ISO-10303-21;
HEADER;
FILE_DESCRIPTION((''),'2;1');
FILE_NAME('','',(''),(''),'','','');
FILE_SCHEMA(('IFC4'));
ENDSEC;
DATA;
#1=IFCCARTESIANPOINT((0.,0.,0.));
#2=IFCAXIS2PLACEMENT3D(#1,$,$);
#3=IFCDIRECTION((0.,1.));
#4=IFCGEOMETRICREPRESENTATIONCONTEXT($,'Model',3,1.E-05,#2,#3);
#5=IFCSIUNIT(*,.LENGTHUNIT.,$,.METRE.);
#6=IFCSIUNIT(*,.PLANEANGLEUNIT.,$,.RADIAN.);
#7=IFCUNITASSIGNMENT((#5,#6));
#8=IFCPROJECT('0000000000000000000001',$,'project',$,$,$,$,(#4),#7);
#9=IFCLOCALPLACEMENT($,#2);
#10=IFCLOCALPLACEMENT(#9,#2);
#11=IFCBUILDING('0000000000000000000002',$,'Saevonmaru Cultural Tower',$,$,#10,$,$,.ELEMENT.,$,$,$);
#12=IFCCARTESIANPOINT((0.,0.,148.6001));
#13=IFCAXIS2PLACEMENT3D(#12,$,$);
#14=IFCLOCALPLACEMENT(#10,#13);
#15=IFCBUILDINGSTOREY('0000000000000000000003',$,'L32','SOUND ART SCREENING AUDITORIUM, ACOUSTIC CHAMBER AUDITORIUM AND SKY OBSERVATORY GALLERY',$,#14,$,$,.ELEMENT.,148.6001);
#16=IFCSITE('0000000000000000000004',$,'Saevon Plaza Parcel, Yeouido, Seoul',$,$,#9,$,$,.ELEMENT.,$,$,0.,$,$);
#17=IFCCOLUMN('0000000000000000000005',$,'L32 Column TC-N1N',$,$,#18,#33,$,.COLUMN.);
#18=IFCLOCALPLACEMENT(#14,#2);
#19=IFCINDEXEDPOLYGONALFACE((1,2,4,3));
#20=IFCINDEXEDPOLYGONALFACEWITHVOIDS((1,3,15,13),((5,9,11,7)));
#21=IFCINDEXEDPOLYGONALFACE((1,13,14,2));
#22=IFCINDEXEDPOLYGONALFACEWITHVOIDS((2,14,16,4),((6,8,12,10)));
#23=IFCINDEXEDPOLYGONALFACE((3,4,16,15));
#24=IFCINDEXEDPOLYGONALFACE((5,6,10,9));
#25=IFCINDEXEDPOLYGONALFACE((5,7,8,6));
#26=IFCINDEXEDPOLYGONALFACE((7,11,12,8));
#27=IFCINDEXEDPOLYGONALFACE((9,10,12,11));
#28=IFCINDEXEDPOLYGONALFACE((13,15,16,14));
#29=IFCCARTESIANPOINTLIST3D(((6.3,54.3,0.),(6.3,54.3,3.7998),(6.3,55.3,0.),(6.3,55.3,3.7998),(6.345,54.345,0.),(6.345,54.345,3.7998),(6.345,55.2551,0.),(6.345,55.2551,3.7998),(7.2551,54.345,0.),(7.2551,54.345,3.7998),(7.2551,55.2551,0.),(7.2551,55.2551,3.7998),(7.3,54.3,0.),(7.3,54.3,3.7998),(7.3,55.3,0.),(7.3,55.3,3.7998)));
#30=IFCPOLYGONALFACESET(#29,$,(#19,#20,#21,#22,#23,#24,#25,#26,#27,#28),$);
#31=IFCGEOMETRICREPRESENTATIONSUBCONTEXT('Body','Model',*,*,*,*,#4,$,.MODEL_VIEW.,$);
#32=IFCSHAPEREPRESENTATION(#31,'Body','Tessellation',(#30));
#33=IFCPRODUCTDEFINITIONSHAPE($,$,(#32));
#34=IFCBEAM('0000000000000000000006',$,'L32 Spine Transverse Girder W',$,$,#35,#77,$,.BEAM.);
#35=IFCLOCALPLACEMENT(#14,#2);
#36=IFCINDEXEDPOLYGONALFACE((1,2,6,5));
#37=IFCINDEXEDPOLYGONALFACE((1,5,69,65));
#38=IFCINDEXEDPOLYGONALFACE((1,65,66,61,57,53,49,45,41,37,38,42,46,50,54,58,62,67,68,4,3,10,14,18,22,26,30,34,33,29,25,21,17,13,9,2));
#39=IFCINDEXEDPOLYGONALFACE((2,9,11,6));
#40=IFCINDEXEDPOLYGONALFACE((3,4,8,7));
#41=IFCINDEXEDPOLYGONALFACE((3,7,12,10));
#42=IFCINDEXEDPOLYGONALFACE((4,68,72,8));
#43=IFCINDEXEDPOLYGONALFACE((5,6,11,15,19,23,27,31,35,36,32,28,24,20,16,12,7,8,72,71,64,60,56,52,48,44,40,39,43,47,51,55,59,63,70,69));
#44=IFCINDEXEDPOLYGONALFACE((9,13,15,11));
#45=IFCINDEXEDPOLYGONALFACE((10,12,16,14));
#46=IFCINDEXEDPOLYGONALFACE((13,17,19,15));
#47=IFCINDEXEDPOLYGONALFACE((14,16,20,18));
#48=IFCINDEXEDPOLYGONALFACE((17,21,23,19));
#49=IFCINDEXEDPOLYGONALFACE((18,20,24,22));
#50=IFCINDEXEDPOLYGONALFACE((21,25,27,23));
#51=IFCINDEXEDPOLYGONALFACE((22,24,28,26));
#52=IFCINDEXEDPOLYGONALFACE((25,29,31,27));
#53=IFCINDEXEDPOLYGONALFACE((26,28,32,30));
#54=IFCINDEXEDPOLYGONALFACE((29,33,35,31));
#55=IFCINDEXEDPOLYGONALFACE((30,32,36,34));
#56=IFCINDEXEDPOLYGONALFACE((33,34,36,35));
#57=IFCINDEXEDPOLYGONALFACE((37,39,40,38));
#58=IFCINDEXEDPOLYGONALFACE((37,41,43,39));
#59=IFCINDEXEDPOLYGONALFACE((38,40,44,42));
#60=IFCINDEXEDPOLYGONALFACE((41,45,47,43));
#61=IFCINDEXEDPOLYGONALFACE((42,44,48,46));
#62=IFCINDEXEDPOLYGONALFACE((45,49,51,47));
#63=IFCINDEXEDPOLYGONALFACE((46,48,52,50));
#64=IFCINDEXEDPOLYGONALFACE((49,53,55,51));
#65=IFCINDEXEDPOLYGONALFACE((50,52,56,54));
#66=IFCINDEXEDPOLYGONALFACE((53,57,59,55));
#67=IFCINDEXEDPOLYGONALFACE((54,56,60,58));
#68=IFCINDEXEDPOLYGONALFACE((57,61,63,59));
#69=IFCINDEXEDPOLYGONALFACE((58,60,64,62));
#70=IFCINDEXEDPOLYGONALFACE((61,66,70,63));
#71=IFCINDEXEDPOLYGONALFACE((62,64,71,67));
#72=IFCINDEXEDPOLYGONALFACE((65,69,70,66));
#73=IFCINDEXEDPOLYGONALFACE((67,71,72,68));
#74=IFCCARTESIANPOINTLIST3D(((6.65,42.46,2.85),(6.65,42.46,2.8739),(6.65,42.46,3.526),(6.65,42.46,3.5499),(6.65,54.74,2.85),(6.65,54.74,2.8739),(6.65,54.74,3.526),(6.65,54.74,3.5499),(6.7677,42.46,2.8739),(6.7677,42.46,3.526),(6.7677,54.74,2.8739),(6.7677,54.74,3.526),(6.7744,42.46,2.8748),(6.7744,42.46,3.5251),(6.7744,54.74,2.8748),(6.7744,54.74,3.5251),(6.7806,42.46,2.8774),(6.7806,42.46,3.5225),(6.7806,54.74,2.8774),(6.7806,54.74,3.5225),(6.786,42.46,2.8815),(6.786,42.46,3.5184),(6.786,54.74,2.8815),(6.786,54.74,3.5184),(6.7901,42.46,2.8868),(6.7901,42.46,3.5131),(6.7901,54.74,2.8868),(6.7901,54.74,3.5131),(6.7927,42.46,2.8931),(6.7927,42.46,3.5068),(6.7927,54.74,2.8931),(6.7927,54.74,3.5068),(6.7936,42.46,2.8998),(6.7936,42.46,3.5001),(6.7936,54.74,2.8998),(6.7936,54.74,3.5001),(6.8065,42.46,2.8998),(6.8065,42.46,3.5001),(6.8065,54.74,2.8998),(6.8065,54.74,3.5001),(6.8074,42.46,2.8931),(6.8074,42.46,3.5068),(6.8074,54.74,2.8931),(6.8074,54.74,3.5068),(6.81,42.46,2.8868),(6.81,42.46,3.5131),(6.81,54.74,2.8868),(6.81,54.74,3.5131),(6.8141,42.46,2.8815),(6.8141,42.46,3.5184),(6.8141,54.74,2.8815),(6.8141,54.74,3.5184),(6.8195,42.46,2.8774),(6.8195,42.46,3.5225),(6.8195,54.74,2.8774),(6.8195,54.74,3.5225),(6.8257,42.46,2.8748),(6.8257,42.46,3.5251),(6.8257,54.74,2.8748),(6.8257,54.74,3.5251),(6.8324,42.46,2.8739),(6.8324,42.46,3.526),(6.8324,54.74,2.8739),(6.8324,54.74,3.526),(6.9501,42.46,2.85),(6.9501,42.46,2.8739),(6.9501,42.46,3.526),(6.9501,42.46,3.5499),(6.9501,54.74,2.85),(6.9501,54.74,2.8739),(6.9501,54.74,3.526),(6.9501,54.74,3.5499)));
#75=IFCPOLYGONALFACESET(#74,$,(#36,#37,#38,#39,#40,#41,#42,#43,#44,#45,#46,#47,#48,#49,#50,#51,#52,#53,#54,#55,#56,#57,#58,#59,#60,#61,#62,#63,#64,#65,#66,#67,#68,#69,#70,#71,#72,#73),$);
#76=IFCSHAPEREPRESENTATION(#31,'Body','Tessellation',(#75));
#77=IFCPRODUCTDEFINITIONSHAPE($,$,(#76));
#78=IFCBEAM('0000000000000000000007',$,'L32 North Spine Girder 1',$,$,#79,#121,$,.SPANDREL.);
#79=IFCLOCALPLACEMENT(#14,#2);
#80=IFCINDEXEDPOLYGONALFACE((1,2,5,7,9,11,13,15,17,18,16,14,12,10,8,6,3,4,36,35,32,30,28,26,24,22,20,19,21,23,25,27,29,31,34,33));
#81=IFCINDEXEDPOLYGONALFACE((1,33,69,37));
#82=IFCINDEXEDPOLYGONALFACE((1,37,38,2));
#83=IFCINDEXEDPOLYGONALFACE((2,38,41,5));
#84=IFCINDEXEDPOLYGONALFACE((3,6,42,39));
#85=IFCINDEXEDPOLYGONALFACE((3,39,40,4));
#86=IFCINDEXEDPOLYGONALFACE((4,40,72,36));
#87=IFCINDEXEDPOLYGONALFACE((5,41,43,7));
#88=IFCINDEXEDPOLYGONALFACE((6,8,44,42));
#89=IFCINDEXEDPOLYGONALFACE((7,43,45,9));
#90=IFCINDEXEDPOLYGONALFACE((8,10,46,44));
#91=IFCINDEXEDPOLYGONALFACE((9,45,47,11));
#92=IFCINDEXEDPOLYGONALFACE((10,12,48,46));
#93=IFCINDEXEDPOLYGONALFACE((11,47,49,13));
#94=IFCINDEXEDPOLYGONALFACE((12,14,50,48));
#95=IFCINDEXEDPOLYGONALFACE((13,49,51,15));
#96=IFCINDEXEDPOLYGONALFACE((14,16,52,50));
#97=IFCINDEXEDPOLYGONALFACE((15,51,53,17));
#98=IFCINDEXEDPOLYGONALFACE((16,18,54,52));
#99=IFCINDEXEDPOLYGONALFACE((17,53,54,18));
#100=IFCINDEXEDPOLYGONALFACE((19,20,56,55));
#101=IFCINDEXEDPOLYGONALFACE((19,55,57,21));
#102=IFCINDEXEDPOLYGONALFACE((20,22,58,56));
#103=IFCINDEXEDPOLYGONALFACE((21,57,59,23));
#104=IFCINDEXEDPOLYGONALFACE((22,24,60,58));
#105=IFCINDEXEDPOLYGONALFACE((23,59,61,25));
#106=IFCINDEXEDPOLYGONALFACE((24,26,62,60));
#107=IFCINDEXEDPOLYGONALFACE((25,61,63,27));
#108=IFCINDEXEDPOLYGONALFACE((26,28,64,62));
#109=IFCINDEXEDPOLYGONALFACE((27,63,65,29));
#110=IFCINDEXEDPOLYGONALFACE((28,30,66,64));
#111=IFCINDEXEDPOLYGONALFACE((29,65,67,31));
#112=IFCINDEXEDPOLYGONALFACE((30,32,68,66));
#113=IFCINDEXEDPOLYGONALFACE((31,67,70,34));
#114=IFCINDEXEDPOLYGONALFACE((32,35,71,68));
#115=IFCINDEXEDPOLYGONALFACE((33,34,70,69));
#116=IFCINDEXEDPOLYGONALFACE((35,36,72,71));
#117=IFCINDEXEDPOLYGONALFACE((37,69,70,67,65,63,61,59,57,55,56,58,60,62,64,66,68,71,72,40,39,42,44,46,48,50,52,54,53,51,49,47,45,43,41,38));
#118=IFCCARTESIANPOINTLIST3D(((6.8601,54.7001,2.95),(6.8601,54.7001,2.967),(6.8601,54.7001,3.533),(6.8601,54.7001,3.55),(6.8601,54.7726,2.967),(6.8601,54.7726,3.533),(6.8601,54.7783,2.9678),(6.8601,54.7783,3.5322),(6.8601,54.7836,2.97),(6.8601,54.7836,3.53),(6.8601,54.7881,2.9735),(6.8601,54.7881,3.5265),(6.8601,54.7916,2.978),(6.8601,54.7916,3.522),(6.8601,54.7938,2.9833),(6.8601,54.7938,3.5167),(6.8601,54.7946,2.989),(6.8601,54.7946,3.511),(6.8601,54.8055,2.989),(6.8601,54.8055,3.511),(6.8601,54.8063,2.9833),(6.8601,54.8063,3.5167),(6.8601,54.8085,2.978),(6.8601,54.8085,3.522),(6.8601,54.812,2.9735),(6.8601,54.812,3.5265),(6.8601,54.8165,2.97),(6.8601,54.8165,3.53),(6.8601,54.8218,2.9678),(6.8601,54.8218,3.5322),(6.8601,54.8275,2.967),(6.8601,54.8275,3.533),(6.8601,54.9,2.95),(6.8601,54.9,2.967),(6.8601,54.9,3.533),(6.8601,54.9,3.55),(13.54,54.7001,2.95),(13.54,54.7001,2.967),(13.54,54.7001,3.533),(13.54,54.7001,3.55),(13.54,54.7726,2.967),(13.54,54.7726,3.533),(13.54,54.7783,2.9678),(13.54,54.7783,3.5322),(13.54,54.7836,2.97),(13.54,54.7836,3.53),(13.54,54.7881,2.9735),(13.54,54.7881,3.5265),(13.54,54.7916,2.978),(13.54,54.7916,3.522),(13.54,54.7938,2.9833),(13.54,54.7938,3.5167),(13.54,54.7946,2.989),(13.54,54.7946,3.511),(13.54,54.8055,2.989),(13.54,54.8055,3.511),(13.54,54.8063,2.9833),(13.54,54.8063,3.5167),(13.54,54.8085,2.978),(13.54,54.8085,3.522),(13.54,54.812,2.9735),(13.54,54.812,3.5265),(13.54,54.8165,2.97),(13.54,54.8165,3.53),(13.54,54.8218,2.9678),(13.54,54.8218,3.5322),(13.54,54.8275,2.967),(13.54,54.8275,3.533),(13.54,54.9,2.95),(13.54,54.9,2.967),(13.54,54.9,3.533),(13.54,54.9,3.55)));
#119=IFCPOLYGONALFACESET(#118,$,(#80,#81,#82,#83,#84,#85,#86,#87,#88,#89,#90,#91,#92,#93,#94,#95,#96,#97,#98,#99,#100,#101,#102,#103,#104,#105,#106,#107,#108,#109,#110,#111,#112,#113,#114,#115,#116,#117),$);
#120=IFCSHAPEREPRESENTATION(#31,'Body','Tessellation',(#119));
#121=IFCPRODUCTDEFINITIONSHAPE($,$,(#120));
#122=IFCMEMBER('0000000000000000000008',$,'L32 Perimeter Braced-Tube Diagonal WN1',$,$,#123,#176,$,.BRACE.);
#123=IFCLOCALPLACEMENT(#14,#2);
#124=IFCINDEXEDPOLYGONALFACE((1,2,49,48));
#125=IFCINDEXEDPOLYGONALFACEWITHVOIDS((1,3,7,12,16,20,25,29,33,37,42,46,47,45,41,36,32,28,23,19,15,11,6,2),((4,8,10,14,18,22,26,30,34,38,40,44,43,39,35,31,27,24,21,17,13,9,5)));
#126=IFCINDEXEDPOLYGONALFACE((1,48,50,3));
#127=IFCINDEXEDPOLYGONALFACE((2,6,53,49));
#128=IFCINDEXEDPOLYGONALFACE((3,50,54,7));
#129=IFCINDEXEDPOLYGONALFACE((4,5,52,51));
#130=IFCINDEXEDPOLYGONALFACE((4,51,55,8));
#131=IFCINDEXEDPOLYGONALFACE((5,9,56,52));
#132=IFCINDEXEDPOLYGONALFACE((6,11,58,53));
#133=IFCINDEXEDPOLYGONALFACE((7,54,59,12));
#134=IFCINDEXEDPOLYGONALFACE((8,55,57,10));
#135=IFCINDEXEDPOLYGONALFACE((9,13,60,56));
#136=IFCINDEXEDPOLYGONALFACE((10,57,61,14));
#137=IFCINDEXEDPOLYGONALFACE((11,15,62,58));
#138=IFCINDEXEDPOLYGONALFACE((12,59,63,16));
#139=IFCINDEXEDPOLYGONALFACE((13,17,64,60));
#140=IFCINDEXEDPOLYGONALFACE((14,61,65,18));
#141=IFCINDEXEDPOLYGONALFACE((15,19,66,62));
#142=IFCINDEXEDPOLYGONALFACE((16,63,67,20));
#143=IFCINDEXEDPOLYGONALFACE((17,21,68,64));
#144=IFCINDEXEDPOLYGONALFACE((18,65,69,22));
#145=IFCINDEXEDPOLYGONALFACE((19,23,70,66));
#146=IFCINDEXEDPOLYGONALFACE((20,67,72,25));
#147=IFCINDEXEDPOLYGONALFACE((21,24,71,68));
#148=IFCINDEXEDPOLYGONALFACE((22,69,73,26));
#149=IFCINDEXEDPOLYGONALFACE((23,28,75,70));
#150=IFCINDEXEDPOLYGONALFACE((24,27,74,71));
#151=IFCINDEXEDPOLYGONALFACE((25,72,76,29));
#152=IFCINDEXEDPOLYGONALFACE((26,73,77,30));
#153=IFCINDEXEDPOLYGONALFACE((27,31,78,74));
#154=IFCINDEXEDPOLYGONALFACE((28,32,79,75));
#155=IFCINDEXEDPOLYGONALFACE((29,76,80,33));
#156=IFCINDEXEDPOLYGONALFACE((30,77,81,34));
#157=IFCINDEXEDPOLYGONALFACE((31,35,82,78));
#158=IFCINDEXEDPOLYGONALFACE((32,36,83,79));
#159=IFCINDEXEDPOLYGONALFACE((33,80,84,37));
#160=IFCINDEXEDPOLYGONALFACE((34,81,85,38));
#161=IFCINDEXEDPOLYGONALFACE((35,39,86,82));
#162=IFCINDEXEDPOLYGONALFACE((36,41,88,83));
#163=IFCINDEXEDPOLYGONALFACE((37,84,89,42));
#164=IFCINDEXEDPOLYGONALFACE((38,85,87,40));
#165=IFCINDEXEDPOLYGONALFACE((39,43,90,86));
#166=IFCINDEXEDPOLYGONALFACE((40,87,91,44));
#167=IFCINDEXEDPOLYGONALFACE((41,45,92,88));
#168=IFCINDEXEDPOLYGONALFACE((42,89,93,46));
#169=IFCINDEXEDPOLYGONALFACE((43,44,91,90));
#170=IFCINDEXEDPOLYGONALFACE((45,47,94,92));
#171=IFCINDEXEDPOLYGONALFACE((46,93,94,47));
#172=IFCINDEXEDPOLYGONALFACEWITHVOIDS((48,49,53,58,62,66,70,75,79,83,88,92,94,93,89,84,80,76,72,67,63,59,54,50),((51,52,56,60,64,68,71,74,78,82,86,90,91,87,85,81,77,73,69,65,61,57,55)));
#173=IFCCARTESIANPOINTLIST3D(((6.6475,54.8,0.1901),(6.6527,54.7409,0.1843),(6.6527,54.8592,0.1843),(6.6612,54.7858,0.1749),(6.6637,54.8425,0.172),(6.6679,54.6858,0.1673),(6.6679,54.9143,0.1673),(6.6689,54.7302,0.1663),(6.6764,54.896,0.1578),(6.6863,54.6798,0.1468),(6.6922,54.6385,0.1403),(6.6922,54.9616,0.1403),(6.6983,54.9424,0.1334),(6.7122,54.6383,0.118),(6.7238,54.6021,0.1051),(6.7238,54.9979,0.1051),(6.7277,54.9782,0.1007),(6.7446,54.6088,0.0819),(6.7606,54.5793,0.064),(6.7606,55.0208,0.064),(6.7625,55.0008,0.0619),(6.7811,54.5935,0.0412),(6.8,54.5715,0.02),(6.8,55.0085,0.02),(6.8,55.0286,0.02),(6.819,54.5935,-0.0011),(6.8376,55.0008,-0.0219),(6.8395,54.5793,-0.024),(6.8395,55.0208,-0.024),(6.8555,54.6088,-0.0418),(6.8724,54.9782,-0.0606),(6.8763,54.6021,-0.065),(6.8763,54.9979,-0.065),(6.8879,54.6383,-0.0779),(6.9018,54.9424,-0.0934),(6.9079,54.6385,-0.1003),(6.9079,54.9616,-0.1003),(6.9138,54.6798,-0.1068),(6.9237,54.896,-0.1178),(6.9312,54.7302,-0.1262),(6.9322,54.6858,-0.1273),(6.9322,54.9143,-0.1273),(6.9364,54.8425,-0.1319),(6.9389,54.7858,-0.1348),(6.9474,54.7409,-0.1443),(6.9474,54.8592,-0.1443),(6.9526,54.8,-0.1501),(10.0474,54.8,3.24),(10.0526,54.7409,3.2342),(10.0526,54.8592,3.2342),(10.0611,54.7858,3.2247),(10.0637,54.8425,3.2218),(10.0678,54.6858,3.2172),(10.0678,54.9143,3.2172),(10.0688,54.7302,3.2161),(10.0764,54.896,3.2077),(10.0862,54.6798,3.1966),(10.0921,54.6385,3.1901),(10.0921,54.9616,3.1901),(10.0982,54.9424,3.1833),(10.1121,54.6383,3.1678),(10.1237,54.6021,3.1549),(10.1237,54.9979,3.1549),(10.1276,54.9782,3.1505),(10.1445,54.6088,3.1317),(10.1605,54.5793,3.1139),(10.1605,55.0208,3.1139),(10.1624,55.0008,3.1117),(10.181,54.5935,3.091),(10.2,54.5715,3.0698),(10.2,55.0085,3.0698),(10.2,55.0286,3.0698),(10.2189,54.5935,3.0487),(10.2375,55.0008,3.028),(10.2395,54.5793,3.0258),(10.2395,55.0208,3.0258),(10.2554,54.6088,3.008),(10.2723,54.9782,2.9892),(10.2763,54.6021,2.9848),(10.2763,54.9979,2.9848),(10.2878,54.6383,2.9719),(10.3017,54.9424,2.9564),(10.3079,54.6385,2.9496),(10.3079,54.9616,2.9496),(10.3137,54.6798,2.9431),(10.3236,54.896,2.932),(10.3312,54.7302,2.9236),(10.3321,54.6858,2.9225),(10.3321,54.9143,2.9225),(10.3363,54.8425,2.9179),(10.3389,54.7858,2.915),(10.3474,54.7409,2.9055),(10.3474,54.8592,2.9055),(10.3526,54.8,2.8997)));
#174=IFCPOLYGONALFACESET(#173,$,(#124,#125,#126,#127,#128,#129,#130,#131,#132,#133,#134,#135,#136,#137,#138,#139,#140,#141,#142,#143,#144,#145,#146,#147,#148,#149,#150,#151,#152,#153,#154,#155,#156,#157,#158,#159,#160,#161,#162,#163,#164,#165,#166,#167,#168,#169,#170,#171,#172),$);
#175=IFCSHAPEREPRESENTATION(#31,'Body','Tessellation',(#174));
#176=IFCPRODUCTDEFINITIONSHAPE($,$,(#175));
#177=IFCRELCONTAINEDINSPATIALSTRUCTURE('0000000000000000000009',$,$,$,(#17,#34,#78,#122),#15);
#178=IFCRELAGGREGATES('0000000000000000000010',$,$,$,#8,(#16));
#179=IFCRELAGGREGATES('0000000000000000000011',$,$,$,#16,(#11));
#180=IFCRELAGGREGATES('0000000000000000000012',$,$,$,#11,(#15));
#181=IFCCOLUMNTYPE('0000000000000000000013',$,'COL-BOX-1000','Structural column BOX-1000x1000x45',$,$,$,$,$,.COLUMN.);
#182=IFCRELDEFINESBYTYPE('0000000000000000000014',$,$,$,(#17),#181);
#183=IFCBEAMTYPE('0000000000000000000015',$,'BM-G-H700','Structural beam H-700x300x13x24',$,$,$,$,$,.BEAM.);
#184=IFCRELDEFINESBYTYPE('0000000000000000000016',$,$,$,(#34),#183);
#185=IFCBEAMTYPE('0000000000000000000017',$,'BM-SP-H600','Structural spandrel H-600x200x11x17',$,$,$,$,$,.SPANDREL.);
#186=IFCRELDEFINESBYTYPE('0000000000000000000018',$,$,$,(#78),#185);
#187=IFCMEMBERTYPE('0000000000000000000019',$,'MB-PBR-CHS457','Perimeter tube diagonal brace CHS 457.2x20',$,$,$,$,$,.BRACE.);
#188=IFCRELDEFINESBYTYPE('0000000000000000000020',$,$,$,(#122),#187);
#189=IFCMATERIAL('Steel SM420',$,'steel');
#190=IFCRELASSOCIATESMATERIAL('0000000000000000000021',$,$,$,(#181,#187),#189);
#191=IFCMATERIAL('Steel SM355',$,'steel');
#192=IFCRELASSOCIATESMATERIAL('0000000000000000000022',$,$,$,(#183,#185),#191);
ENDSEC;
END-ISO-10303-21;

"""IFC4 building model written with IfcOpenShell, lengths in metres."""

from ifc_helpers import new_model, si_unit, direction, frame, origin, origin_2d, place, context, subcontext, project, spatial, hollow_rectangle, hollow_circle, i_section, extrude, material, material_profile, profile_set, type_object, element, save


model = new_model("IFC4")

# Units and contexts
model_context = context("Model", 3, precision=1e-05, world=origin(), true_north=direction((0.0, 1.0)))
body_context = subcontext(model_context, "Body", "Model", "MODEL_VIEW")
ifc_project = project(units=[si_unit("LENGTHUNIT", "METRE"), si_unit("PLANEANGLEUNIT", "RADIAN")], contexts=[model_context])

# Site, building, storey
site_placement = place(None, origin())
site = spatial("IfcSite", under=ifc_project, at=site_placement, Name="Saevon Plaza Parcel, Yeouido, Seoul", CompositionType="ELEMENT", RefElevation=0.0)
building_placement = place(site_placement, origin())
building = spatial("IfcBuilding", under=site, at=building_placement, Name="Saevonmaru Cultural Tower", CompositionType="ELEMENT")
storey_placement = place(building_placement, frame((0.0, 0.0, 148.6001)))
storey = spatial("IfcBuildingStorey", under=building, at=storey_placement, Name="L32", Description="SOUND ART SCREENING AUDITORIUM, ACOUSTIC CHAMBER AUDITORIUM AND SKY OBSERVATORY GALLERY", CompositionType="ELEMENT", Elevation=148.6001)

# Column
ifc_material_1 = material(Name="Steel SM420", Category="steel")
ifc_material_profile_1 = material_profile(ifc_material_1, hollow_rectangle(XDim=1.0, YDim=1.0, WallThickness=0.0449, at=origin_2d()), Name="BOX-1000x1000x45")
ifc_profile_set_1 = profile_set([ifc_material_profile_1], Name="Steel SM420")
column_type = type_object("IfcColumnType", Name="COL-BOX-1000", Description="Structural column BOX-1000x1000x45", PredefinedType="COLUMN", material=ifc_profile_set_1)
column_placement = place(storey_placement, frame((6.8, 54.8, 0.0), z_axis=(0.0, 0.0, 1.0), x_axis=(1.0, 0.0, 0.0)))
element("IfcColumn", 1, at=column_placement, inside=storey, type_object=column_type, Name="L32 Column TC-N1N", PredefinedType="COLUMN", context=body_context, shape_type="SweptSolid", body=[
    extrude(hollow_rectangle(XDim=1.0, YDim=1.0, WallThickness=0.0449, at=origin_2d()), origin(), (0.0, 0.0, 1.0), 3.7998),
])

# Beams
ifc_material_2 = material(Name="Steel SM355", Category="steel")
ifc_material_profile_2 = material_profile(ifc_material_2, i_section(OverallWidth=0.3, OverallDepth=0.7, WebThickness=0.0129, FlangeThickness=0.0239, FilletRadius=0.0259, at=origin_2d()), Name="H-700x300x13x24")
ifc_profile_set_2 = profile_set([ifc_material_profile_2], Name="Steel SM355")
beam_type_1 = type_object("IfcBeamType", Name="BM-G-H700", Description="Structural beam H-700x300x13x24", PredefinedType="BEAM", material=ifc_profile_set_2)
beam_1_placement = place(storey_placement, frame((6.8, 54.74, 3.2), z_axis=(0.0, -1.0, 0.0), x_axis=(1.0, 0.0, 0.0)))
element("IfcBeam", 2, at=beam_1_placement, inside=storey, type_object=beam_type_1, Name="L32 Spine Transverse Girder W", PredefinedType="BEAM", context=body_context, shape_type="SweptSolid", body=[
    extrude(i_section(OverallWidth=0.3, OverallDepth=0.7, WebThickness=0.0129, FlangeThickness=0.0239, FilletRadius=0.0259, at=origin_2d()), origin(), (0.0, 0.0, 1.0), 12.28),
])
ifc_material_profile_3 = material_profile(ifc_material_2, i_section(OverallWidth=0.2, OverallDepth=0.6001, WebThickness=0.011, FlangeThickness=0.0171, FilletRadius=0.022, at=origin_2d()), Name="H-600x200x11x17")
ifc_profile_set_3 = profile_set([ifc_material_profile_3], Name="Steel SM355")
beam_type_2 = type_object("IfcBeamType", Name="BM-SP-H600", Description="Structural spandrel H-600x200x11x17", PredefinedType="SPANDREL", material=ifc_profile_set_3)
beam_2_placement = place(storey_placement, frame((6.8601, 54.8, 3.25), z_axis=(1.0, 0.0, 0.0), x_axis=(0.0, 1.0, 0.0)))
element("IfcBeam", 3, at=beam_2_placement, inside=storey, type_object=beam_type_2, Name="L32 North Spine Girder 1", PredefinedType="SPANDREL", context=body_context, shape_type="SweptSolid", body=[
    extrude(i_section(OverallWidth=0.2, OverallDepth=0.6001, WebThickness=0.011, FlangeThickness=0.0171, FilletRadius=0.022, at=origin_2d()), origin(), (0.0, 0.0, 1.0), 6.6799),
])

# Member
ifc_material_profile_4 = material_profile(ifc_material_1, hollow_circle(Radius=0.2285, WallThickness=0.02, at=origin_2d()), Name="CHS-457.2x20")
ifc_profile_set_4 = profile_set([ifc_material_profile_4], Name="Steel SM420")
member_type_1 = type_object("IfcMemberType", Name="MB-PBR-CHS457", Description="Perimeter tube diagonal brace CHS 457.2x20", PredefinedType="BRACE", material=ifc_profile_set_4)
member_1_placement = place(storey_placement, frame((6.8, 54.8, 0.02), z_axis=(0.744394, 0.0, 0.667741), x_axis=(0.0, 1.0, 0.0)))
element("IfcMember", 4, at=member_1_placement, inside=storey, type_object=member_type_1, Name="L32 Perimeter Braced-Tube Diagonal WN1", PredefinedType="BRACE", context=body_context, shape_type="SweptSolid", body=[
    extrude(hollow_circle(Radius=0.2285, WallThickness=0.02, at=origin_2d()), origin(), (0.0, 0.0, 1.0), 4.5674),
])

save(model, "model.ifc")
